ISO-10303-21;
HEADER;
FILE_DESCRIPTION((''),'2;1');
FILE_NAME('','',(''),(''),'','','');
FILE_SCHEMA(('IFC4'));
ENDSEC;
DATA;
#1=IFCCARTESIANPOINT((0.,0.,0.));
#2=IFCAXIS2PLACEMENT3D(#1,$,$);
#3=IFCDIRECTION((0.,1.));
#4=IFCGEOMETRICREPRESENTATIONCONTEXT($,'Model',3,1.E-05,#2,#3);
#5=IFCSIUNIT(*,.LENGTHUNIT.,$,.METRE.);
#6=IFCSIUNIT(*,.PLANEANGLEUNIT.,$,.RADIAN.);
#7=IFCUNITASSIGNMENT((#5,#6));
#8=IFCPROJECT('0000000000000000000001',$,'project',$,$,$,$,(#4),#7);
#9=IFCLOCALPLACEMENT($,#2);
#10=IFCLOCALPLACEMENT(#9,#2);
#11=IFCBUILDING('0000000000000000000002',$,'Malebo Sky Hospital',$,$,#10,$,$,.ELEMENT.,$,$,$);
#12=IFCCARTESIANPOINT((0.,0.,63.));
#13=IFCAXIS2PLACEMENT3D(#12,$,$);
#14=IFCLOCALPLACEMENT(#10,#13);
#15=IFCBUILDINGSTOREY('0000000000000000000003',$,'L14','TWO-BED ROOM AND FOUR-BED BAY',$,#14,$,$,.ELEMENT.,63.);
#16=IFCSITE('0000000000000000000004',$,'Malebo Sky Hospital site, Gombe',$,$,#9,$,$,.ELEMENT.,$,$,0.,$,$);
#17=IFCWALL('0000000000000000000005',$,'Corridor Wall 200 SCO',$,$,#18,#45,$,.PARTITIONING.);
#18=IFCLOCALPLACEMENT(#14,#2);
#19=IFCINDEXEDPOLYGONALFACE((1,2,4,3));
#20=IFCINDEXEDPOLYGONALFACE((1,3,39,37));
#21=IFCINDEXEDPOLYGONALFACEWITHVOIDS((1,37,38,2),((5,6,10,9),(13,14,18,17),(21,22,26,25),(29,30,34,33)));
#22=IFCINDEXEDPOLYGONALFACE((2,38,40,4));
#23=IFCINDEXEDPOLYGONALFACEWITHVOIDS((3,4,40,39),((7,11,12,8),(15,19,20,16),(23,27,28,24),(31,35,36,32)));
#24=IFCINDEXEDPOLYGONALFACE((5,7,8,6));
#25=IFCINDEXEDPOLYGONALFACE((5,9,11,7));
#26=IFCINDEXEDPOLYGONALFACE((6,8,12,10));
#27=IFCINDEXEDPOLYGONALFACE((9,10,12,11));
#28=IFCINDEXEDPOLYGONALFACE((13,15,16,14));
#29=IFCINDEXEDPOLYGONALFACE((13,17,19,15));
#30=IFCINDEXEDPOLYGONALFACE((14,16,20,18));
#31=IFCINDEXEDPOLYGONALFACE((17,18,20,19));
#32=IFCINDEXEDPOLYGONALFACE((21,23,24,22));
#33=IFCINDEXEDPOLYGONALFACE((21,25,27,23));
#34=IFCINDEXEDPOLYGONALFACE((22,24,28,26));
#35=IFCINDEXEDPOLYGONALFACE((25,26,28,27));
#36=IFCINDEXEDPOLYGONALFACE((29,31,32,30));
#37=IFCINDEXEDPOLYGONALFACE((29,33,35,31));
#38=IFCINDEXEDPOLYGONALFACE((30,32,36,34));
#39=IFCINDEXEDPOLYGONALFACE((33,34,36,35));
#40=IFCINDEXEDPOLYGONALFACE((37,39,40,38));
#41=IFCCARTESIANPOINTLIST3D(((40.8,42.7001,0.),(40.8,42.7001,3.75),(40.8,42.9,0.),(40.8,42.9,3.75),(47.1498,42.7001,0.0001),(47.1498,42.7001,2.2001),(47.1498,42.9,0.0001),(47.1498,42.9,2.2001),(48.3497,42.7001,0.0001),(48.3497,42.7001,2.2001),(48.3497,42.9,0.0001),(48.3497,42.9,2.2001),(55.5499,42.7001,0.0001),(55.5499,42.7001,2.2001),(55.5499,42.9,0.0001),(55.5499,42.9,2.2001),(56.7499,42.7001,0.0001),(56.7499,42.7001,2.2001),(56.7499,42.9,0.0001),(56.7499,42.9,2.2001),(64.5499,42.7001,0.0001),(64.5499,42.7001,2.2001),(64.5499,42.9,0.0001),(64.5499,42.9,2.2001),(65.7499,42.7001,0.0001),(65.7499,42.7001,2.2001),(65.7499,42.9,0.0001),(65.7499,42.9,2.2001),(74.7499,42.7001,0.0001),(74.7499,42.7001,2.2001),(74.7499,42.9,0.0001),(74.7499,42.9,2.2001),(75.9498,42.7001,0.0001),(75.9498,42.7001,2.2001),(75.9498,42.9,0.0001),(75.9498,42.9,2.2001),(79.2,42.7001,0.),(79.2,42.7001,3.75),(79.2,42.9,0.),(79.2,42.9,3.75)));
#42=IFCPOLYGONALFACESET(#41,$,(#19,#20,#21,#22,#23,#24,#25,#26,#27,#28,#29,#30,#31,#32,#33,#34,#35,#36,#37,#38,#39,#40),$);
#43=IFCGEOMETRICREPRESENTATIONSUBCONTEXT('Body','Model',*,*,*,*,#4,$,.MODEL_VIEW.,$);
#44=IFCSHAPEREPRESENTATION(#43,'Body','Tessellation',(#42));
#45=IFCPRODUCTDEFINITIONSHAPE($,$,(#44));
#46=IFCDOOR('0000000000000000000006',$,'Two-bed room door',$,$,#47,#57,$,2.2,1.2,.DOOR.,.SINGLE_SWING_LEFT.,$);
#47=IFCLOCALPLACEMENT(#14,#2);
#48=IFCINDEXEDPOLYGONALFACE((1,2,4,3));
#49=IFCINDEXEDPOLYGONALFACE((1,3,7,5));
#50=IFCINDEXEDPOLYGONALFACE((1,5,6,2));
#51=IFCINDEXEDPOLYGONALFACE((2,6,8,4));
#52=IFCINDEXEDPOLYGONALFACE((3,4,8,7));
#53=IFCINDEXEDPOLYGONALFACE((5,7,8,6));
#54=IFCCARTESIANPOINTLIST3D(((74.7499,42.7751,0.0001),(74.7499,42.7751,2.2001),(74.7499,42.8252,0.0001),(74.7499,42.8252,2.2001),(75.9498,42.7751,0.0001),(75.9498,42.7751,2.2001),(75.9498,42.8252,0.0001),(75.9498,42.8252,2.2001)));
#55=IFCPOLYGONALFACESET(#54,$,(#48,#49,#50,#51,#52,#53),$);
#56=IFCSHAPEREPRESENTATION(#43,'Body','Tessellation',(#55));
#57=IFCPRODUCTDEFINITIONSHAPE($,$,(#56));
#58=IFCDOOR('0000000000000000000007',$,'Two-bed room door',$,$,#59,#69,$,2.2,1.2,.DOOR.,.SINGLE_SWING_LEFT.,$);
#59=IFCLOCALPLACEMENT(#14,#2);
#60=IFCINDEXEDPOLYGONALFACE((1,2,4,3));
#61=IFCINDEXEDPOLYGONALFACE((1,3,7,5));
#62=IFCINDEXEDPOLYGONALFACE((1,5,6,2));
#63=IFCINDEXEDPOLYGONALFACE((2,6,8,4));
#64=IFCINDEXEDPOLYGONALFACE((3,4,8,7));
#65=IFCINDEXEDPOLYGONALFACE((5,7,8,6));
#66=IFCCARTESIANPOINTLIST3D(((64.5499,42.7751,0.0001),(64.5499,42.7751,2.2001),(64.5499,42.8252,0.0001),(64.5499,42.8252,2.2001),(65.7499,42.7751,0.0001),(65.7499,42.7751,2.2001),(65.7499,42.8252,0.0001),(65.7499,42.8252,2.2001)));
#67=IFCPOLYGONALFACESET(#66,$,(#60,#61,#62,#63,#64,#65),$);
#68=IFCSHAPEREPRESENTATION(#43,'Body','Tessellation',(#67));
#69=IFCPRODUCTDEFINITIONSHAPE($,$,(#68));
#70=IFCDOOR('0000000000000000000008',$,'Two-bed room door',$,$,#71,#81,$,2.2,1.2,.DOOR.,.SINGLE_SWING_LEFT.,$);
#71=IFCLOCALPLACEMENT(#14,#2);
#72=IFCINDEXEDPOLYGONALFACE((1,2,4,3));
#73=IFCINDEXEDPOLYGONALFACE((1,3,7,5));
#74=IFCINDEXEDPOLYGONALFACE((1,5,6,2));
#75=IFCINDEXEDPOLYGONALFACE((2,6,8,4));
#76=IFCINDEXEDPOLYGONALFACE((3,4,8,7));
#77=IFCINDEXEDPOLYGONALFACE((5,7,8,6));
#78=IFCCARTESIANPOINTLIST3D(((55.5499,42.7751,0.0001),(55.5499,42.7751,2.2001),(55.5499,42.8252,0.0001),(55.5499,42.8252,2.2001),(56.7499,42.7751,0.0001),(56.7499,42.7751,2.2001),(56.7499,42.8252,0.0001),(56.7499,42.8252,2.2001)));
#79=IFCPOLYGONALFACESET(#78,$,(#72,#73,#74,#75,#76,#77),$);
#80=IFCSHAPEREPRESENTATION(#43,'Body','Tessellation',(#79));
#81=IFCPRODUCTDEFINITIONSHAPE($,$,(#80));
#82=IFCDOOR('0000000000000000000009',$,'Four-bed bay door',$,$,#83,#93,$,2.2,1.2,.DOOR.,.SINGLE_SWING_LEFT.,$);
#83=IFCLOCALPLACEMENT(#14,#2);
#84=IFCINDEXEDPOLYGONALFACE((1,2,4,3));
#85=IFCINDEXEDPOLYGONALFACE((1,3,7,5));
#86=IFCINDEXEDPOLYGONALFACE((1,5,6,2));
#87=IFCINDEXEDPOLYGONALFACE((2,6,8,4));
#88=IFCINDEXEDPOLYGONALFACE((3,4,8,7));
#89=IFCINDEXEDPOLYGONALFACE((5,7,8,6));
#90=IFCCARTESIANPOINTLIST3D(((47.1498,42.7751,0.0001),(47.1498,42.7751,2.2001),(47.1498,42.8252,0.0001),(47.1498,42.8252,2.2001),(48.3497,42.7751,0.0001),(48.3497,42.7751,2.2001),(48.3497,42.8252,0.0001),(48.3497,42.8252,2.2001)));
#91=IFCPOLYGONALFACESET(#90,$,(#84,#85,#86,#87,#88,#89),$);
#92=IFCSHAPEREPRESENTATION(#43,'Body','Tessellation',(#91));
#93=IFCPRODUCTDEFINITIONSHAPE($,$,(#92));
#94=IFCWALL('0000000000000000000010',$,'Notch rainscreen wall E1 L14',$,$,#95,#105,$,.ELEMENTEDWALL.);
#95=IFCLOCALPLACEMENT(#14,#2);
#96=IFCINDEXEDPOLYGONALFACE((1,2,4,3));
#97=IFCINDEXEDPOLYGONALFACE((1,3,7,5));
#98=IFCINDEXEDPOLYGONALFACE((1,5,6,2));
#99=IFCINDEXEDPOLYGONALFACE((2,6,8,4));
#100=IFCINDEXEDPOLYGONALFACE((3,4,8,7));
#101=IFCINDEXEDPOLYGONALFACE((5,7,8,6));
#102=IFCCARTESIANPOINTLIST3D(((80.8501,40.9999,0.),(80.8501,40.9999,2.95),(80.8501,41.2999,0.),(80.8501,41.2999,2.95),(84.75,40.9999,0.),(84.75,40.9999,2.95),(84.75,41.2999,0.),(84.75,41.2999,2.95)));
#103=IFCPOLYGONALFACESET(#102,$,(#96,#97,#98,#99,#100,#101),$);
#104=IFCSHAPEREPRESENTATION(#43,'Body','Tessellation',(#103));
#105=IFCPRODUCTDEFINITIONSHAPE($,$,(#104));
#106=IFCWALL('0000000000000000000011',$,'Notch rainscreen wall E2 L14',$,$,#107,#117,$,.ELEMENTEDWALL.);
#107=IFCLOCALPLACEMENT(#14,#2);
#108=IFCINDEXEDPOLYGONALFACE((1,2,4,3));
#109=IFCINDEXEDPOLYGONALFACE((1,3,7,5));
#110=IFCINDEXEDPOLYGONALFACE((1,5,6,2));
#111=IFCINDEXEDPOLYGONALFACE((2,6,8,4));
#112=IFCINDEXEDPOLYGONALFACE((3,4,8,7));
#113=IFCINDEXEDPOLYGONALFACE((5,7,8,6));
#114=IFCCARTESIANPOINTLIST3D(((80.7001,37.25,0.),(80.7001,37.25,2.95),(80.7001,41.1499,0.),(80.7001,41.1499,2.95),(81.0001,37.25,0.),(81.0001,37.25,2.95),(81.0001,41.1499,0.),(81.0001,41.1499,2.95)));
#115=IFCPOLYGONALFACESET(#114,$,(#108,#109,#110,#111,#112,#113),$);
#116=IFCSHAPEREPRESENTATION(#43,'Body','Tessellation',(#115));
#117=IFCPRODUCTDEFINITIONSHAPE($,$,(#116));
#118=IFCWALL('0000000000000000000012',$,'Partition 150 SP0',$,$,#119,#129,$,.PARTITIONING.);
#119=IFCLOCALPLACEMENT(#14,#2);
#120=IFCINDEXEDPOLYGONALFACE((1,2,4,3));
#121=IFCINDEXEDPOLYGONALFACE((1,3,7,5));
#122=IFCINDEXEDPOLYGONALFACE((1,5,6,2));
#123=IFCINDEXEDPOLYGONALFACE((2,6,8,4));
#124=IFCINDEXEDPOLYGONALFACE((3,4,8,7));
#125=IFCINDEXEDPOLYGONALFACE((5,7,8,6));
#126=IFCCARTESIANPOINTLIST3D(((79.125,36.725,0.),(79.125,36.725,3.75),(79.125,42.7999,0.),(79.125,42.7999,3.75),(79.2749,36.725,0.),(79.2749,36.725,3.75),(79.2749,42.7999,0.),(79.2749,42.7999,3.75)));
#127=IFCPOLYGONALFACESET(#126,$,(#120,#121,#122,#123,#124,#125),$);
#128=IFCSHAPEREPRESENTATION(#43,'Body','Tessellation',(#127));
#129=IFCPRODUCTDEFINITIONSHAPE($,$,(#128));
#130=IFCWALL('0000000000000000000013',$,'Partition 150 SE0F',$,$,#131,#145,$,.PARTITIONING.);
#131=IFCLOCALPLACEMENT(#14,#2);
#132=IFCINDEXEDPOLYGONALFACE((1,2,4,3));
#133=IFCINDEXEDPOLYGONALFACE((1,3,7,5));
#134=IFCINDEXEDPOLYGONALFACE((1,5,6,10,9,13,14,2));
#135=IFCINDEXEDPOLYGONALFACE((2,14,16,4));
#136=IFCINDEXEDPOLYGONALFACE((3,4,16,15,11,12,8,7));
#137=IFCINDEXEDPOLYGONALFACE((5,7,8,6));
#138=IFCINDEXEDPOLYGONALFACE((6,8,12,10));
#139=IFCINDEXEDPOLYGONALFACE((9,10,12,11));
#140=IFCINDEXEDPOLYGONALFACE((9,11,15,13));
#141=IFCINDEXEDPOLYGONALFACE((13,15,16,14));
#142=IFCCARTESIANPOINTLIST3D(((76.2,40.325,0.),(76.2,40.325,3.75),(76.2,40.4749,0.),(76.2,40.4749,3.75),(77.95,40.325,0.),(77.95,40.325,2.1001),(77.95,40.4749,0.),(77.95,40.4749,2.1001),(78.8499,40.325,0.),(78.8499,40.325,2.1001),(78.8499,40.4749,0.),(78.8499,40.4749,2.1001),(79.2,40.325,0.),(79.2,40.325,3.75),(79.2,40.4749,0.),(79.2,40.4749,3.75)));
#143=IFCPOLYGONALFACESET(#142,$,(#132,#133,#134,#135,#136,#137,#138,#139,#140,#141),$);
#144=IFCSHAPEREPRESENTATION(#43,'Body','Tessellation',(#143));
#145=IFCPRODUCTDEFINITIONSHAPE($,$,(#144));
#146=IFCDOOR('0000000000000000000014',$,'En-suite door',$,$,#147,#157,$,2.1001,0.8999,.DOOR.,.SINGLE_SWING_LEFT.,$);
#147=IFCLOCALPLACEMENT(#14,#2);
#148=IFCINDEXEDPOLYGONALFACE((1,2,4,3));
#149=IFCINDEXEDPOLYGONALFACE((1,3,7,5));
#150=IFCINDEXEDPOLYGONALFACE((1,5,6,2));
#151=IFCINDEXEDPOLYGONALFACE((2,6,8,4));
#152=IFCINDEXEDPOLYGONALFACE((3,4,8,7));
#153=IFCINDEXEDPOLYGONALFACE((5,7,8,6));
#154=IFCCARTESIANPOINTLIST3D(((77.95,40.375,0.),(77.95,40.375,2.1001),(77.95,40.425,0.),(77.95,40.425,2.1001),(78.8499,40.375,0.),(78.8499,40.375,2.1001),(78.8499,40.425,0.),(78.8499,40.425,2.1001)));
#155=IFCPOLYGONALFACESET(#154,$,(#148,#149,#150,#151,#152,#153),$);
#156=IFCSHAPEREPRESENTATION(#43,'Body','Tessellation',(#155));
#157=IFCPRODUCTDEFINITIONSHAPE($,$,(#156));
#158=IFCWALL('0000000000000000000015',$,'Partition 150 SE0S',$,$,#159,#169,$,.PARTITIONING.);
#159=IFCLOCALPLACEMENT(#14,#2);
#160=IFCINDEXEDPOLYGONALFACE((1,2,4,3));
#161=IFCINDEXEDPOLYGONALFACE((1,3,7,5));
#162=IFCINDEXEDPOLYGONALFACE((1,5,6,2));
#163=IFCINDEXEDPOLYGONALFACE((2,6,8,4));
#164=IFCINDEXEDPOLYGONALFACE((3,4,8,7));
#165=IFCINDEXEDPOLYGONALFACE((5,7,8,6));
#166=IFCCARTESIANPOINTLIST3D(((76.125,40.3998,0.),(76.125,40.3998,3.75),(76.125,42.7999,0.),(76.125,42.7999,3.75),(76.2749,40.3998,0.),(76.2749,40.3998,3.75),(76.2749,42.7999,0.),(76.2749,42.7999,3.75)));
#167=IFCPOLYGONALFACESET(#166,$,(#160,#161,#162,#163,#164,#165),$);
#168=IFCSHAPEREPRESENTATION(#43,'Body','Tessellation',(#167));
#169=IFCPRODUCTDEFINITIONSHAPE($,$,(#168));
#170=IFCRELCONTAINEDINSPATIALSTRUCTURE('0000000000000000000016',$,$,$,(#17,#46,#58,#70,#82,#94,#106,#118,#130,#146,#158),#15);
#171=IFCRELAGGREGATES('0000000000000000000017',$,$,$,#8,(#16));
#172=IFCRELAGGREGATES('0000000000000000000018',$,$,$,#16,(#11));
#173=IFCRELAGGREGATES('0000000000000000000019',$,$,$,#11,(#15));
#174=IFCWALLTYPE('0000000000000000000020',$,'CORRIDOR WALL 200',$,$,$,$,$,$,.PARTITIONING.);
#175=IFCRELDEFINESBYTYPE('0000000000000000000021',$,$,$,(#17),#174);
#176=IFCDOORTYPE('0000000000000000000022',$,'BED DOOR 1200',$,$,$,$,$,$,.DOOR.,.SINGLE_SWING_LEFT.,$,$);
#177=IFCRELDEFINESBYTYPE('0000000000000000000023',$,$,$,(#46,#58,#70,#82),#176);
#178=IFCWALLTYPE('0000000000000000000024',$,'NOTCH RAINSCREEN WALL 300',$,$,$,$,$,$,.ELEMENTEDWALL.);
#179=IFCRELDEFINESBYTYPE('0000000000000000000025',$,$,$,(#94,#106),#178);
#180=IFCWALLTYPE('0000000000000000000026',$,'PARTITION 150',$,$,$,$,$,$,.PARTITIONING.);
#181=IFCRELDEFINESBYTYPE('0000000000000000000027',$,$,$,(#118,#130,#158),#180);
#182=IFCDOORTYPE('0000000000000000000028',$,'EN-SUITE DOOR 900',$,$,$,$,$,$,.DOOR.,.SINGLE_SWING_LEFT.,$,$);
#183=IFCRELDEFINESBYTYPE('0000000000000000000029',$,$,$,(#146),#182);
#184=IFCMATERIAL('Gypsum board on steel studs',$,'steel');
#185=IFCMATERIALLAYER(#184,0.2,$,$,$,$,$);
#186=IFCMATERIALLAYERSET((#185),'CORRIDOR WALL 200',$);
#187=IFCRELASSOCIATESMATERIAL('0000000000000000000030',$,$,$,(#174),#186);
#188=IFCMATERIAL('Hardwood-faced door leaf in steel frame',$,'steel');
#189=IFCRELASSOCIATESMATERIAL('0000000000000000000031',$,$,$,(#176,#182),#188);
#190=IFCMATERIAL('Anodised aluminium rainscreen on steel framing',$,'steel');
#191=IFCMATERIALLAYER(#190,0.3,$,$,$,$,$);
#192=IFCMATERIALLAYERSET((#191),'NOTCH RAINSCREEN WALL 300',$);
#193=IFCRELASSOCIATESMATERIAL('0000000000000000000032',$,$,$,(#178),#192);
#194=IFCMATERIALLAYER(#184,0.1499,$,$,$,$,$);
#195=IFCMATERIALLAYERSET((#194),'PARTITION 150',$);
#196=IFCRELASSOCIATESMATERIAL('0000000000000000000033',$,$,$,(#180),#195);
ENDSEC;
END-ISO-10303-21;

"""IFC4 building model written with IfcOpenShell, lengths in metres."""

from ifc_helpers import new_model, si_unit, direction, frame, frame_2d, origin, place, context, subcontext, project, spatial, rectangle, extrude, material, layer, layer_set, type_object, element, fill, save


model = new_model("IFC4")

# Units and contexts
model_context = context("Model", 3, precision=1e-05, world=origin(), true_north=direction((0.0, 1.0)))
body_context = subcontext(model_context, "Body", "Model", "MODEL_VIEW")
ifc_project = project(units=[si_unit("LENGTHUNIT", "METRE"), si_unit("PLANEANGLEUNIT", "RADIAN")], contexts=[model_context])

# Site, building, storey
site_placement = place(None, origin())
site = spatial("IfcSite", under=ifc_project, at=site_placement, Name="Malebo Sky Hospital site, Gombe", CompositionType="ELEMENT", RefElevation=0.0)
building_placement = place(site_placement, origin())
building = spatial("IfcBuilding", under=site, at=building_placement, Name="Malebo Sky Hospital", CompositionType="ELEMENT")
storey_placement = place(building_placement, frame((0.0, 0.0, 63.0)))
storey = spatial("IfcBuildingStorey", under=building, at=storey_placement, Name="L14", Description="TWO-BED ROOM AND FOUR-BED BAY", CompositionType="ELEMENT", Elevation=63.0)

# Wall, openings, doors
ifc_material_1 = material(Name="Gypsum board on steel studs", Category="steel")
ifc_layer_1 = layer(ifc_material_1, 0.2)
ifc_layer_set_1 = layer_set([ifc_layer_1], Name="CORRIDOR WALL 200")
wall_type_1 = type_object("IfcWallType", Name="CORRIDOR WALL 200", PredefinedType="PARTITIONING", material=ifc_layer_set_1)
wall_1_placement = place(storey_placement, frame((79.2, 42.8, 0.0), z_axis=(0.0, 0.0, 1.0), x_axis=(-1.0, 0.0, 0.0)))
wall_1 = element("IfcWall", 1, at=wall_1_placement, inside=storey, type_object=wall_type_1, Name="Corridor Wall 200 SCO", PredefinedType="PARTITIONING", context=body_context, shape_type="SweptSolid", body=[
    extrude(rectangle(XDim=38.3999, YDim=0.2, at=frame_2d((19.2, 0.0))), origin(), (0.0, 0.0, 1.0), 3.75),
])
opening_1_placement = place(wall_1_placement, frame((3.25, 0.0, 0.0)))
opening_1 = element("IfcOpeningElement", 2, at=opening_1_placement, cuts=wall_1, PredefinedType="OPENING", context=body_context, shape_type="SweptSolid", body=[
    extrude(rectangle(XDim=1.2, YDim=2.2, at=frame_2d((0.6001, 1.1001))), frame((0.0, 0.1099, 0.0), z_axis=(0.0, -1.0, 0.0), x_axis=(1.0, 0.0, 0.0)), (0.0, 0.0, 1.0), 0.22),
])
opening_2_placement = place(wall_1_placement, frame((13.45, 0.0, 0.0)))
opening_2 = element("IfcOpeningElement", 3, at=opening_2_placement, cuts=wall_1, PredefinedType="OPENING", context=body_context, shape_type="SweptSolid", body=[
    extrude(rectangle(XDim=1.2, YDim=2.2, at=frame_2d((0.6001, 1.1001))), frame((0.0, 0.1099, 0.0), z_axis=(0.0, -1.0, 0.0), x_axis=(1.0, 0.0, 0.0)), (0.0, 0.0, 1.0), 0.22),
])
opening_3_placement = place(wall_1_placement, frame((22.45, 0.0, 0.0)))
opening_3 = element("IfcOpeningElement", 4, at=opening_3_placement, cuts=wall_1, PredefinedType="OPENING", context=body_context, shape_type="SweptSolid", body=[
    extrude(rectangle(XDim=1.2, YDim=2.2, at=frame_2d((0.6001, 1.1001))), frame((0.0, 0.1099, 0.0), z_axis=(0.0, -1.0, 0.0), x_axis=(1.0, 0.0, 0.0)), (0.0, 0.0, 1.0), 0.22),
])
opening_4_placement = place(wall_1_placement, frame((30.8501, 0.0, 0.0)))
opening_4 = element("IfcOpeningElement", 5, at=opening_4_placement, cuts=wall_1, PredefinedType="OPENING", context=body_context, shape_type="SweptSolid", body=[
    extrude(rectangle(XDim=1.2, YDim=2.2, at=frame_2d((0.6001, 1.1001))), frame((0.0, 0.1099, 0.0), z_axis=(0.0, -1.0, 0.0), x_axis=(1.0, 0.0, 0.0)), (0.0, 0.0, 1.0), 0.22),
])
ifc_material_2 = material(Name="Hardwood-faced door leaf in steel frame", Category="steel")
door_type_1 = type_object("IfcDoorType", Name="BED DOOR 1200", OperationType="SINGLE_SWING_LEFT", PredefinedType="DOOR", material=ifc_material_2)
door_1_placement = place(opening_1_placement, origin())
door_1 = element("IfcDoor", 6, at=door_1_placement, inside=storey, type_object=door_type_1, Name="Two-bed room door", OperationType="SINGLE_SWING_LEFT", OverallHeight=2.2, OverallWidth=1.2, PredefinedType="DOOR", context=body_context, shape_type="SweptSolid", body=[
    extrude(rectangle(XDim=1.2, YDim=2.2, at=frame_2d((0.6001, 1.1001))), frame((0.0, 0.0249, 0.0), z_axis=(0.0, -1.0, 0.0), x_axis=(1.0, 0.0, 0.0)), (0.0, 0.0, 1.0), 0.05),
])
fill(opening_1, door_1)
door_2_placement = place(opening_2_placement, origin())
door_2 = element("IfcDoor", 7, at=door_2_placement, inside=storey, type_object=door_type_1, Name="Two-bed room door", OperationType="SINGLE_SWING_LEFT", OverallHeight=2.2, OverallWidth=1.2, PredefinedType="DOOR", context=body_context, shape_type="SweptSolid", body=[
    extrude(rectangle(XDim=1.2, YDim=2.2, at=frame_2d((0.6001, 1.1001))), frame((0.0, 0.0249, 0.0), z_axis=(0.0, -1.0, 0.0), x_axis=(1.0, 0.0, 0.0)), (0.0, 0.0, 1.0), 0.05),
])
fill(opening_2, door_2)
door_3_placement = place(opening_3_placement, origin())
door_3 = element("IfcDoor", 8, at=door_3_placement, inside=storey, type_object=door_type_1, Name="Two-bed room door", OperationType="SINGLE_SWING_LEFT", OverallHeight=2.2, OverallWidth=1.2, PredefinedType="DOOR", context=body_context, shape_type="SweptSolid", body=[
    extrude(rectangle(XDim=1.2, YDim=2.2, at=frame_2d((0.6001, 1.1001))), frame((0.0, 0.0249, 0.0), z_axis=(0.0, -1.0, 0.0), x_axis=(1.0, 0.0, 0.0)), (0.0, 0.0, 1.0), 0.05),
])
fill(opening_3, door_3)
door_4_placement = place(opening_4_placement, origin())
door_4 = element("IfcDoor", 9, at=door_4_placement, inside=storey, type_object=door_type_1, Name="Four-bed bay door", OperationType="SINGLE_SWING_LEFT", OverallHeight=2.2, OverallWidth=1.2, PredefinedType="DOOR", context=body_context, shape_type="SweptSolid", body=[
    extrude(rectangle(XDim=1.2, YDim=2.2, at=frame_2d((0.6001, 1.1001))), frame((0.0, 0.0249, 0.0), z_axis=(0.0, -1.0, 0.0), x_axis=(1.0, 0.0, 0.0)), (0.0, 0.0, 1.0), 0.05),
])
fill(opening_4, door_4)

# Walls
ifc_material_3 = material(Name="Anodised aluminium rainscreen on steel framing", Category="steel")
ifc_layer_2 = layer(ifc_material_3, 0.3)
ifc_layer_set_2 = layer_set([ifc_layer_2], Name="NOTCH RAINSCREEN WALL 300")
wall_type_2 = type_object("IfcWallType", Name="NOTCH RAINSCREEN WALL 300", PredefinedType="ELEMENTEDWALL", material=ifc_layer_set_2)
for number, where, z_axis, x_axis, name in (
    (10, (84.75, 41.1499, 0.0), (0.0, 0.0, 1.0), (-1.0, 0.0, 0.0), "Notch rainscreen wall E1 L14"),
    (11, (80.8501, 41.1499, 0.0), (0.0, 0.0, 1.0), (0.0, -1.0, 0.0), "Notch rainscreen wall E2 L14"),
):
    element("IfcWall", number, at=place(storey_placement, frame(where, z_axis=z_axis, x_axis=x_axis)), inside=storey, type_object=wall_type_2, Name=name, PredefinedType="ELEMENTEDWALL", context=body_context, shape_type="SweptSolid", body=[
        extrude(rectangle(XDim=3.8999, YDim=0.3, at=frame_2d((1.95, 0.0))), origin(), (0.0, 0.0, 1.0), 2.95),
    ])
ifc_layer_3 = layer(ifc_material_1, 0.1499)
ifc_layer_set_3 = layer_set([ifc_layer_3], Name="PARTITION 150")
wall_type_3 = type_object("IfcWallType", Name="PARTITION 150", PredefinedType="PARTITIONING", material=ifc_layer_set_3)
wall_2_placement = place(storey_placement, frame((79.2, 42.8, 0.0), z_axis=(0.0, 0.0, 1.0), x_axis=(0.0, -1.0, 0.0)))
element("IfcWall", 12, at=wall_2_placement, inside=storey, type_object=wall_type_3, Name="Partition 150 SP0", PredefinedType="PARTITIONING", context=body_context, shape_type="SweptSolid", body=[
    extrude(rectangle(XDim=6.075, YDim=0.1499, at=frame_2d((3.0376, 0.0))), origin(), (0.0, 0.0, 1.0), 3.75),
])

# Wall, opening, door
wall_3_placement = place(storey_placement, frame((79.2, 40.3999, 0.0), z_axis=(0.0, 0.0, 1.0), x_axis=(-1.0, 0.0, 0.0)))
wall_3 = element("IfcWall", 13, at=wall_3_placement, inside=storey, type_object=wall_type_3, Name="Partition 150 SE0F", PredefinedType="PARTITIONING", context=body_context, shape_type="SweptSolid", body=[
    extrude(rectangle(XDim=3.0, YDim=0.1499, at=frame_2d((1.5, 0.0))), origin(), (0.0, 0.0, 1.0), 3.75),
])
opening_5_placement = place(wall_3_placement, frame((0.3501, 0.0, 0.0)))
opening_5 = element("IfcOpeningElement", 14, at=opening_5_placement, cuts=wall_3, PredefinedType="OPENING", context=body_context, shape_type="SweptSolid", body=[
    extrude(rectangle(XDim=0.8999, YDim=2.1001, at=frame_2d((0.45, 1.05))), frame((0.0, 0.085, 0.0), z_axis=(0.0, -1.0, 0.0), x_axis=(1.0, 0.0, 0.0)), (0.0, 0.0, 1.0), 0.1699),
])
door_type_2 = type_object("IfcDoorType", Name="EN-SUITE DOOR 900", OperationType="SINGLE_SWING_LEFT", PredefinedType="DOOR", material=ifc_material_2)
door_5_placement = place(opening_5_placement, origin())
door_5 = element("IfcDoor", 15, at=door_5_placement, inside=storey, type_object=door_type_2, Name="En-suite door", OperationType="SINGLE_SWING_LEFT", OverallHeight=2.1001, OverallWidth=0.8999, PredefinedType="DOOR", context=body_context, shape_type="SweptSolid", body=[
    extrude(rectangle(XDim=0.8999, YDim=2.1001, at=frame_2d((0.45, 1.05))), frame((0.0, 0.0249, 0.0), z_axis=(0.0, -1.0, 0.0), x_axis=(1.0, 0.0, 0.0)), (0.0, 0.0, 1.0), 0.05),
])
fill(opening_5, door_5)

# Wall
for number, where, z_axis, x_axis, name in (
    (16, (76.2, 42.8, 0.0), (0.0, 0.0, 1.0), (0.0, -1.0, 0.0), "Partition 150 SE0S"),
):
    element("IfcWall", number, at=place(storey_placement, frame(where, z_axis=z_axis, x_axis=x_axis)), inside=storey, type_object=wall_type_3, Name=name, PredefinedType="PARTITIONING", context=body_context, shape_type="SweptSolid", body=[
        extrude(rectangle(XDim=2.4001, YDim=0.1499, at=frame_2d((1.2002, 0.0))), origin(), (0.0, 0.0, 1.0), 3.75),
    ])

save(model, "model.ifc")
